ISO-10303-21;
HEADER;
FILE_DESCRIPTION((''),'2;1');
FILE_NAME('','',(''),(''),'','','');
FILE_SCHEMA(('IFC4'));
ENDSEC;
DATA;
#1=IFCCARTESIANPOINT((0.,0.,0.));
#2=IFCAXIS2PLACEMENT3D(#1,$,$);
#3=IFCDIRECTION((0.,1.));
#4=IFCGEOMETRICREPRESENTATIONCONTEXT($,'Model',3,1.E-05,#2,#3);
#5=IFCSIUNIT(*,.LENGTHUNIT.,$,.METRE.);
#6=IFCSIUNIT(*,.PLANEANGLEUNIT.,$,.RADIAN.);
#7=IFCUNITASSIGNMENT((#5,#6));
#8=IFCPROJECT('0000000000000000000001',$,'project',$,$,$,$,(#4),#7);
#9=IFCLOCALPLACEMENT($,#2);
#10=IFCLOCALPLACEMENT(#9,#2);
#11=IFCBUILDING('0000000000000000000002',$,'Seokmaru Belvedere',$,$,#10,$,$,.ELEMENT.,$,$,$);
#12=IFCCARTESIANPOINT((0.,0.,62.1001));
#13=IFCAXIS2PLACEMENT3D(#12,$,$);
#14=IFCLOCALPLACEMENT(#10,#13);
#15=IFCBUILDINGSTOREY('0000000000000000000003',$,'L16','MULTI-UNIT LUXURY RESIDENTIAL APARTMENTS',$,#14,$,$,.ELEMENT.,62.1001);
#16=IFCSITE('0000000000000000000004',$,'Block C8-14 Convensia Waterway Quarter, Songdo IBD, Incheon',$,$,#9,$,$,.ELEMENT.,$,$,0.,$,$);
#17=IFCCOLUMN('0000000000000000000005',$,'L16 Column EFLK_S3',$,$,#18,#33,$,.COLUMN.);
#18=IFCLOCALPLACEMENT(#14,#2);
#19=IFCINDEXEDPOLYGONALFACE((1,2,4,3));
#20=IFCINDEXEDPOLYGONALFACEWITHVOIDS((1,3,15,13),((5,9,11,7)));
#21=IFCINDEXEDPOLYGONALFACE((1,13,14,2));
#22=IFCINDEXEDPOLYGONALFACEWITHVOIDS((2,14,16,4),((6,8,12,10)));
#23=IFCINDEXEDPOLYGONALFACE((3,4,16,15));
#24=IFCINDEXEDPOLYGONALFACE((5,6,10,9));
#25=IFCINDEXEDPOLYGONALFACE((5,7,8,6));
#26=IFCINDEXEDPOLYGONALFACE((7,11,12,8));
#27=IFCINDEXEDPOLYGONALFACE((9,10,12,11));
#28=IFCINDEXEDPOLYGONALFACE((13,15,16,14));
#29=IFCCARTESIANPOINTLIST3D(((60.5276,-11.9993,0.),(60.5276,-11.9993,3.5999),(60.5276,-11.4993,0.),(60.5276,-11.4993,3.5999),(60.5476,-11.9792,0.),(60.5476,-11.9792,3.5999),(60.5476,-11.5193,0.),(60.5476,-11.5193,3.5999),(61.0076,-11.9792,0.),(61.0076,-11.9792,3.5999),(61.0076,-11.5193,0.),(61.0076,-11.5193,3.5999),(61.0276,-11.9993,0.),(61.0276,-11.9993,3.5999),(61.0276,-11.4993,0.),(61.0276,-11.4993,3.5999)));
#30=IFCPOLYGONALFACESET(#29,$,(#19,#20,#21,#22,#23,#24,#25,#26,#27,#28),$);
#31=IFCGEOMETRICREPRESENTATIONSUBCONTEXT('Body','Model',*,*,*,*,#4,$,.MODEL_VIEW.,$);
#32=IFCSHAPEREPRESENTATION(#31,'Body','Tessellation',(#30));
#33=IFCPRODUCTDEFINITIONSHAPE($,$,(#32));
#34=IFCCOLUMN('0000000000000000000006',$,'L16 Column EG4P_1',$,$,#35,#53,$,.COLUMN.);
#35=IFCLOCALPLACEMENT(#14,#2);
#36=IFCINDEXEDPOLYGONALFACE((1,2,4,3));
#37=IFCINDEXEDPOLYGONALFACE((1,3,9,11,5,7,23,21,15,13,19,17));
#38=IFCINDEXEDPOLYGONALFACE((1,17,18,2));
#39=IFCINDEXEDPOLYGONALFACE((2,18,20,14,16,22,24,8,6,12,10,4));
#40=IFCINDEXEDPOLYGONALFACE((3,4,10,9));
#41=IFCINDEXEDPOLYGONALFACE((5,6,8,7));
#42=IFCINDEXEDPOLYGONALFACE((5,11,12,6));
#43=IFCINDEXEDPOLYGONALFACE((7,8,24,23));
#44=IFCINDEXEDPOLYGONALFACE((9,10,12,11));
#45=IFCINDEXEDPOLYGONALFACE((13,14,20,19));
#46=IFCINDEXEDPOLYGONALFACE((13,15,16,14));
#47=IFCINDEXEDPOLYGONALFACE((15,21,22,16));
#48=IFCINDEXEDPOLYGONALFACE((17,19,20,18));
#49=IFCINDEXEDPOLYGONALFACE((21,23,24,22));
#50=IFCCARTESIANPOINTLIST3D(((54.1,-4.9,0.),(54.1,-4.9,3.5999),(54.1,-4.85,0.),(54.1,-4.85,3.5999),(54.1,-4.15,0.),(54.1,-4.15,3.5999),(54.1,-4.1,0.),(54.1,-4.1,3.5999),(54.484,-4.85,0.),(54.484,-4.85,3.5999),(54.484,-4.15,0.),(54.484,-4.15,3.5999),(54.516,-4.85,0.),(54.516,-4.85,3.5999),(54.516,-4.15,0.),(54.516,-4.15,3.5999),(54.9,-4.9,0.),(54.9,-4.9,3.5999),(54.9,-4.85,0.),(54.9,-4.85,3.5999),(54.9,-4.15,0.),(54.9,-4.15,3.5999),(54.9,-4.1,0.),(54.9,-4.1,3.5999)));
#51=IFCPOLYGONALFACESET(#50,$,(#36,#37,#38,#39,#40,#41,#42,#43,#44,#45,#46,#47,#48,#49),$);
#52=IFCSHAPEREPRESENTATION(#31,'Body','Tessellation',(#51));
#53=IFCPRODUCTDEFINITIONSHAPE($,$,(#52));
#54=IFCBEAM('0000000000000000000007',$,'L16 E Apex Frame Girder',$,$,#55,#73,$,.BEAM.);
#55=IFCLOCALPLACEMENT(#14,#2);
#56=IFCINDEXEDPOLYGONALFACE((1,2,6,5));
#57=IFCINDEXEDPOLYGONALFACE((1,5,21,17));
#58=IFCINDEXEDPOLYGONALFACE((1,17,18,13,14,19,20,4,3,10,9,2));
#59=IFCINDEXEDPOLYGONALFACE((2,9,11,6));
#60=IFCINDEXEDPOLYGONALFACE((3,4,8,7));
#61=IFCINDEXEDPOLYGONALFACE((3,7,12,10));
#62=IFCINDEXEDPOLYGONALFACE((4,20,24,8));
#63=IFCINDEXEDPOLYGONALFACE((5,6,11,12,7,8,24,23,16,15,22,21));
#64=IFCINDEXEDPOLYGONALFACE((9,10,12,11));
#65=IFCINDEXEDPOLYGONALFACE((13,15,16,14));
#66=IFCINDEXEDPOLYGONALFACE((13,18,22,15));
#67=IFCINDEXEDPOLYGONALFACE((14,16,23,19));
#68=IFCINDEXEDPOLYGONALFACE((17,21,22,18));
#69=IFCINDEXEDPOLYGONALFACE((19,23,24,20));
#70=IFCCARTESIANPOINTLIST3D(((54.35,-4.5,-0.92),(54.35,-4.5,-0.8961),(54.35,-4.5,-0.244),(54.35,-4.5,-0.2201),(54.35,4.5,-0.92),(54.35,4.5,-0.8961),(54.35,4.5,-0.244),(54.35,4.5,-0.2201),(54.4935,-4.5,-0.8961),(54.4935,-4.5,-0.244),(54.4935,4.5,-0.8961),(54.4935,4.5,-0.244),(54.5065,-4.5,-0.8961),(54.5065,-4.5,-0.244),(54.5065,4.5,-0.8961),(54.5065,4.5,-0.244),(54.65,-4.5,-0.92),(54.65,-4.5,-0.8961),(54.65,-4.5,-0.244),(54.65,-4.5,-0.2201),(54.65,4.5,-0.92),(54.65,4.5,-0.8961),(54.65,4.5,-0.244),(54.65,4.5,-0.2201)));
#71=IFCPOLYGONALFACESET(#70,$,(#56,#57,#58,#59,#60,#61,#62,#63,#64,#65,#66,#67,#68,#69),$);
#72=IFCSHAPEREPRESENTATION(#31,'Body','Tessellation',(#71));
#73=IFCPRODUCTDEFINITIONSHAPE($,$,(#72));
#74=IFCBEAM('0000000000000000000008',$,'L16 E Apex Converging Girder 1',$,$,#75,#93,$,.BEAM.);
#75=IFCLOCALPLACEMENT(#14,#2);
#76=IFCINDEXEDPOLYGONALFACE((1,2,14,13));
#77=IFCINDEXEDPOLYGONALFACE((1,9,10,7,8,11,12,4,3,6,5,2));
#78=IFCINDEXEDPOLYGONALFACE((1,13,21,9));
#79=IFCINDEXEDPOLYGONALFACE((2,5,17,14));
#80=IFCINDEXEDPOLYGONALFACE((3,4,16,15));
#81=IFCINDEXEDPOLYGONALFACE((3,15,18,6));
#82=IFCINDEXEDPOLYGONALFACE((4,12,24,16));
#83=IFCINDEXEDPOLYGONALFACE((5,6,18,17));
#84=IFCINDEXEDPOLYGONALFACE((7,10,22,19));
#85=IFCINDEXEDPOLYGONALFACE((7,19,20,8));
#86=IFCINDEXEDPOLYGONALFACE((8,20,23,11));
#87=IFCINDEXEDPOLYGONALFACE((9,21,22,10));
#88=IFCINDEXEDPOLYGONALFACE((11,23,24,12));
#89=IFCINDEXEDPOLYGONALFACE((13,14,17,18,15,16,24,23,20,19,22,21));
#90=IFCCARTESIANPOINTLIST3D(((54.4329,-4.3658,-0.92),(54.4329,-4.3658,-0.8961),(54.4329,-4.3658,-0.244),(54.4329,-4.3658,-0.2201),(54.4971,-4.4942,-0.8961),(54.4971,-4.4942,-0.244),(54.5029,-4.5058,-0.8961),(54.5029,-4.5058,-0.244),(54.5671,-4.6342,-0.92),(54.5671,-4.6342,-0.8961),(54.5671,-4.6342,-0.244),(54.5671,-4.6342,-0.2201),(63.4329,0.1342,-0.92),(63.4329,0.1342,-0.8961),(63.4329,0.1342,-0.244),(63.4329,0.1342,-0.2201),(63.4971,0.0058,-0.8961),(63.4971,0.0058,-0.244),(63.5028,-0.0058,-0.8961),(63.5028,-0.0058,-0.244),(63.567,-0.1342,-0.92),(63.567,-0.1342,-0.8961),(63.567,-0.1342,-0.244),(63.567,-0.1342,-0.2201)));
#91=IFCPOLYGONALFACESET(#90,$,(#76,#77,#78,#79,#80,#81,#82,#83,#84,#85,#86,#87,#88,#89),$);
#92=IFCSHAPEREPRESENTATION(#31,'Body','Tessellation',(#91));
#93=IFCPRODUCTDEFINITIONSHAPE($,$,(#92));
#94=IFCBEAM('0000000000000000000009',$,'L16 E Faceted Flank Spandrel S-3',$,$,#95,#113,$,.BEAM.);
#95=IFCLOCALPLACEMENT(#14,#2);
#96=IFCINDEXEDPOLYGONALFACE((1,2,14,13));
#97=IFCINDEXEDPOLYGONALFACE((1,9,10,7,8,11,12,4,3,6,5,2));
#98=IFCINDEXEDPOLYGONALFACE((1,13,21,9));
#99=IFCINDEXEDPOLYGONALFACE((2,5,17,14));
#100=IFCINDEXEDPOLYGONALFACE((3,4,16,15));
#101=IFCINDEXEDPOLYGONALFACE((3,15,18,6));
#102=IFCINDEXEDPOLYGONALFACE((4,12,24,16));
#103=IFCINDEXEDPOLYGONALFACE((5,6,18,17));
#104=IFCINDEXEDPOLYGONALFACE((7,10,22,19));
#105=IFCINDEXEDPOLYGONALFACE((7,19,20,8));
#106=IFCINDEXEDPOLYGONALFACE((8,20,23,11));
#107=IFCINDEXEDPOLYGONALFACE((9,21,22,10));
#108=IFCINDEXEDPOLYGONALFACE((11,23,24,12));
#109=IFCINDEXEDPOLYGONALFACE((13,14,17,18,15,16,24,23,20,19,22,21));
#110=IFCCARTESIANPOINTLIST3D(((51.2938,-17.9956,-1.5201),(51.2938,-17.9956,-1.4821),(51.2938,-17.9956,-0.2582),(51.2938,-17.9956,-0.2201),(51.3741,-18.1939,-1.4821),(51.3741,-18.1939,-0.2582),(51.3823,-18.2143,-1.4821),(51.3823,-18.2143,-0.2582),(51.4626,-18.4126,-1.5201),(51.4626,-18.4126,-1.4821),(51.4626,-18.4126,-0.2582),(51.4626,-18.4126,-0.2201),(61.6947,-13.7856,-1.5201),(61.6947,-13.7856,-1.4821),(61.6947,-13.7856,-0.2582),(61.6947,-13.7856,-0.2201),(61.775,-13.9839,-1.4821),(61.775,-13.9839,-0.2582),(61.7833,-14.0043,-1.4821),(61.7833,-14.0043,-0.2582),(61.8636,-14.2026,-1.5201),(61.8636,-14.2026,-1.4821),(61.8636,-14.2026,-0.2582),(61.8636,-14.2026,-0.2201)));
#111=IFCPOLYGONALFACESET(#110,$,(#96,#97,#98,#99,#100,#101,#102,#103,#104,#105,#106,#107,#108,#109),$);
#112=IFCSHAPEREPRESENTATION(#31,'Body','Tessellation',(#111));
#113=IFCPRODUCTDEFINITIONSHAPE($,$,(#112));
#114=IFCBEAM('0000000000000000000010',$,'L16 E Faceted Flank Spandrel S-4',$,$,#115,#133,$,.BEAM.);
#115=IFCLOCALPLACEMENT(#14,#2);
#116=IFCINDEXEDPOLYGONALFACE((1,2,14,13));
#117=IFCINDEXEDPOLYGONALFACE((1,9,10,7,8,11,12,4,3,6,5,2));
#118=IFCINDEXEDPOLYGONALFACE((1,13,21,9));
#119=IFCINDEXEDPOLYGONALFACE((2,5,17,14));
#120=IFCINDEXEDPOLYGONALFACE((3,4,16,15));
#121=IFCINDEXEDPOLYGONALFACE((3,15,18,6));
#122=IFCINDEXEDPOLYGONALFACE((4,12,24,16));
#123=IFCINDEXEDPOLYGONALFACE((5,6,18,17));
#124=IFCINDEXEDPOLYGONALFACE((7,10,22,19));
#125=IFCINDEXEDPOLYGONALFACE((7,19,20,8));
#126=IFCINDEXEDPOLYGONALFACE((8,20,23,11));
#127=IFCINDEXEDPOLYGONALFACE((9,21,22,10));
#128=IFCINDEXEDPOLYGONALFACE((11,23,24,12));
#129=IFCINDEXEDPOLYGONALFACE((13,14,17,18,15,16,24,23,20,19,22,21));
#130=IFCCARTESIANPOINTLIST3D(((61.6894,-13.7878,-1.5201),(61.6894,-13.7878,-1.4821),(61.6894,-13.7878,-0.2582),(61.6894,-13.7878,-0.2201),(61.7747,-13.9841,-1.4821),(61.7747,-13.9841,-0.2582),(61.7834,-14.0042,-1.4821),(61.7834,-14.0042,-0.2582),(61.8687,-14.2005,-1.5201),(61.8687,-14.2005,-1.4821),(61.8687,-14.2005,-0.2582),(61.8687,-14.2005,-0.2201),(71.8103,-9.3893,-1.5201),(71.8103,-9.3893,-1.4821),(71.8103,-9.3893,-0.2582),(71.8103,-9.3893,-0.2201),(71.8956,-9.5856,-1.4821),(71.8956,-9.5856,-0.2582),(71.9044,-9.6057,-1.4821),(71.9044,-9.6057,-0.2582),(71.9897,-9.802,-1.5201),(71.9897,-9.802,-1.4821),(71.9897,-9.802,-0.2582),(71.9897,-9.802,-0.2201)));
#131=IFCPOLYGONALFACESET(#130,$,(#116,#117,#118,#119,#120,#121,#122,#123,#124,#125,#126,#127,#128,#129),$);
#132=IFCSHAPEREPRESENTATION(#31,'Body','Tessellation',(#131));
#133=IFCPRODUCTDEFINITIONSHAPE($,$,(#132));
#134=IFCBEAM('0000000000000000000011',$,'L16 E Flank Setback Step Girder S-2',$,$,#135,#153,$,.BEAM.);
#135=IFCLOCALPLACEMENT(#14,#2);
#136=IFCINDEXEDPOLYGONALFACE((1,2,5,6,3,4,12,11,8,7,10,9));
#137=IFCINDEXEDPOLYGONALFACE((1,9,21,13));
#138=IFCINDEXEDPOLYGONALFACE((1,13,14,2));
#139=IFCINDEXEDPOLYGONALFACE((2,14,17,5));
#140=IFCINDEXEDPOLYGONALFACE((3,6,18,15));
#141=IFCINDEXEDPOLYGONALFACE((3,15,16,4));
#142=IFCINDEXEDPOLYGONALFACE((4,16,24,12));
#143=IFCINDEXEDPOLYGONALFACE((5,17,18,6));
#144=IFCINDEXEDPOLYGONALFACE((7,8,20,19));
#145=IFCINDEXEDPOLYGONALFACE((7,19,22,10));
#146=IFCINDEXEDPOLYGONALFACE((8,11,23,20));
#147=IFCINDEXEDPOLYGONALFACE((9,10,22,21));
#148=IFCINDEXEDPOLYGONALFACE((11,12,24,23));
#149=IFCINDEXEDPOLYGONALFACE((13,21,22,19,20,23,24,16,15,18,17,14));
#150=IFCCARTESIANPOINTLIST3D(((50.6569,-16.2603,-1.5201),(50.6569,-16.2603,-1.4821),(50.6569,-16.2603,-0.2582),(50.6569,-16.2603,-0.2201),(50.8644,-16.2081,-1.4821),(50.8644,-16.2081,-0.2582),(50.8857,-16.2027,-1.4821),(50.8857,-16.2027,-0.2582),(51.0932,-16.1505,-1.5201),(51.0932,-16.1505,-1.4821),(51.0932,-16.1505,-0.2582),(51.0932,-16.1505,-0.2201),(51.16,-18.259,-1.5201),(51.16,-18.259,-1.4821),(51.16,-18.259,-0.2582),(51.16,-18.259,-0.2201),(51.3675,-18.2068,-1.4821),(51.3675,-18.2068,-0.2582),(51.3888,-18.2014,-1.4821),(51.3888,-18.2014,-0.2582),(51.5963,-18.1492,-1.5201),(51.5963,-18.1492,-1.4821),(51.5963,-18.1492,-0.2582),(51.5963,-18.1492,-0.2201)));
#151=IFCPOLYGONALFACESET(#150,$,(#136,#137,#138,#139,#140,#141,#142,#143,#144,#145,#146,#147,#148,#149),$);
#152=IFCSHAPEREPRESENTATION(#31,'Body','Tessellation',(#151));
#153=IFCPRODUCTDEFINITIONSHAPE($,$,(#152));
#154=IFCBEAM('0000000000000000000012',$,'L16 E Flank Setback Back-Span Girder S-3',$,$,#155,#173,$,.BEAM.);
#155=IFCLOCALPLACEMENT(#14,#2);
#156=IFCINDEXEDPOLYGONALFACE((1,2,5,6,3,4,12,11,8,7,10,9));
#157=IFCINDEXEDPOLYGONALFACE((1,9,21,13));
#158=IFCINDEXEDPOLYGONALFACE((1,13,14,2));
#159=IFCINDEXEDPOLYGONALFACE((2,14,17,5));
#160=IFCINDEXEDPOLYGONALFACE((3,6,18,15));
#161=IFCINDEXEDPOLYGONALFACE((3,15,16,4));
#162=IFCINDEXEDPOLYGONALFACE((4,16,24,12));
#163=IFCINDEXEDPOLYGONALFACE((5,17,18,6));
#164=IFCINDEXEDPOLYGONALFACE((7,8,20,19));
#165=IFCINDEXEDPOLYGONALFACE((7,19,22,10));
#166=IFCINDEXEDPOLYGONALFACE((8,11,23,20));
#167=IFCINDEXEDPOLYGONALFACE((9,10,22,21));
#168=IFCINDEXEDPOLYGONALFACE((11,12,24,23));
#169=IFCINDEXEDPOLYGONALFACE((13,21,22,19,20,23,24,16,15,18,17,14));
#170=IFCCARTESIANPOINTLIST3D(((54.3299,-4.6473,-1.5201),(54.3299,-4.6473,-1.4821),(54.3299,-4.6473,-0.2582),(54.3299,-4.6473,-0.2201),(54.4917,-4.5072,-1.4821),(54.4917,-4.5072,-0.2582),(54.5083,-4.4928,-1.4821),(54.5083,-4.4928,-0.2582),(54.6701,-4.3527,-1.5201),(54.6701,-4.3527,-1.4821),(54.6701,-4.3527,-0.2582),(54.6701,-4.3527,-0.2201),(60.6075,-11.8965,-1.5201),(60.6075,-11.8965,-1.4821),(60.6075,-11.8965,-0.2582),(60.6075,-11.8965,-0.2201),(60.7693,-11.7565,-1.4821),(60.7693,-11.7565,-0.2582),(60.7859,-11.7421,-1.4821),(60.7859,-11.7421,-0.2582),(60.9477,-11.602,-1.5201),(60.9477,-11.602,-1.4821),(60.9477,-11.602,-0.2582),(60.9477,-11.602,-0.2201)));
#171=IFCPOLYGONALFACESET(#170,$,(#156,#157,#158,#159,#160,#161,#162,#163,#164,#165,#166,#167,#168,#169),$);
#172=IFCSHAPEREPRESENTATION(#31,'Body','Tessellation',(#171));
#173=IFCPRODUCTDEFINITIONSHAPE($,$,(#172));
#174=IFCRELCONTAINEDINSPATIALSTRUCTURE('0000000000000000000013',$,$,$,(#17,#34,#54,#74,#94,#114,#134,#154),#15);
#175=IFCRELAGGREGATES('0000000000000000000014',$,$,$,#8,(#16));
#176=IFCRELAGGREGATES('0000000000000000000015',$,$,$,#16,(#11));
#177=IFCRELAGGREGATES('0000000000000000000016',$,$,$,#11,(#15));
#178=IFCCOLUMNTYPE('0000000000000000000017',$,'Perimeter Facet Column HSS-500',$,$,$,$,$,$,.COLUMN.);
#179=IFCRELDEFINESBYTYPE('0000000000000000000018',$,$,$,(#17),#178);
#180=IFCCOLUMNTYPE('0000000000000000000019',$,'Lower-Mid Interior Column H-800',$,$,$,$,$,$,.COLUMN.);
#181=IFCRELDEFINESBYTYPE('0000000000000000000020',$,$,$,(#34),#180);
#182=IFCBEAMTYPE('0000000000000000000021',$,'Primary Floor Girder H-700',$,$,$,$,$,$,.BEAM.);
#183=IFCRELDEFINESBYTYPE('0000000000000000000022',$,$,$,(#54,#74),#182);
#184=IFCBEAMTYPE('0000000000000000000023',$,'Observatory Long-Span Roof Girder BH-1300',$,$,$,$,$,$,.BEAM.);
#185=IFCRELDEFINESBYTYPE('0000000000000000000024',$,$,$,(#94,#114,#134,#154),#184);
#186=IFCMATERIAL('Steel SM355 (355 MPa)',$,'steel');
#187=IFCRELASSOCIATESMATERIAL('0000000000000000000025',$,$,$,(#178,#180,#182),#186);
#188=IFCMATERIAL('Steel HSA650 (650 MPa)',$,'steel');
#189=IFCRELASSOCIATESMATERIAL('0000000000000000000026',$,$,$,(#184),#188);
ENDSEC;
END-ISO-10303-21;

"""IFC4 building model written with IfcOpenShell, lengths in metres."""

from ifc_helpers import new_model, si_unit, direction, frame, origin, origin_2d, place, context, subcontext, project, spatial, hollow_rectangle, i_section, extrude, source, transform, mapped, material, material_profile, profile_set, type_object, type_shapes, element, save


model = new_model("IFC4")

# Units and contexts
model_context = context("Model", 3, precision=1e-05, world=origin(), true_north=direction((0.0, 1.0)))
body_context = subcontext(model_context, "Body", "Model", "MODEL_VIEW")
ifc_project = project(units=[si_unit("LENGTHUNIT", "METRE"), si_unit("PLANEANGLEUNIT", "RADIAN")], contexts=[model_context])

# Site, building, storey
site_placement = place(None, origin())
site = spatial("IfcSite", under=ifc_project, at=site_placement, Name="Block C8-14 Convensia Waterway Quarter, Songdo IBD, Incheon", CompositionType="ELEMENT", RefElevation=0.0)
building_placement = place(site_placement, origin())
building = spatial("IfcBuilding", under=site, at=building_placement, Name="Seokmaru Belvedere", CompositionType="ELEMENT")
storey_placement = place(building_placement, frame((0.0, 0.0, 62.1001)))
storey = spatial("IfcBuildingStorey", under=building, at=storey_placement, Name="L16", Description="MULTI-UNIT LUXURY RESIDENTIAL APARTMENTS", CompositionType="ELEMENT", Elevation=62.1001)

# Columns
ifc_material_1 = material(Name="Steel SM355 (355 MPa)", Category="steel")
ifc_material_profile_1 = material_profile(ifc_material_1, hollow_rectangle(XDim=0.5, YDim=0.5, WallThickness=0.02, at=origin_2d()), Name="HSS-500x500x20")
ifc_profile_set_1 = profile_set([ifc_material_profile_1], Name="Steel SM355 (355 MPa)")
column_type_1 = type_object("IfcColumnType", Name="Perimeter Facet Column HSS-500", PredefinedType="COLUMN", material=ifc_profile_set_1)
shared_shape_1 = source(origin(), body_context, "Body", "SweptSolid", [
    extrude(hollow_rectangle(XDim=0.5, YDim=0.5, WallThickness=0.02, at=origin_2d()), origin(), (0.0, 0.0, 1.0), 3.5999),
])
type_shapes(column_type_1, [shared_shape_1])
column_1_placement = place(storey_placement, frame((60.7776, -11.7493, 0.0), z_axis=(0.0, 0.0, 1.0), x_axis=(1.0, 0.0, 0.0)))
element("IfcColumn", 1, at=column_1_placement, inside=storey, type_object=column_type_1, Name="L16 Column EFLK_S3", PredefinedType="COLUMN", context=body_context, shape_type="MappedRepresentation", body=[
    mapped(shared_shape_1, transform((0.0, 0.0, 0.0), scale=1.0)),
])
ifc_material_profile_2 = material_profile(ifc_material_1, i_section(OverallWidth=0.8, OverallDepth=0.8, WebThickness=0.032, FlangeThickness=0.05, at=origin_2d()), Name="H-800x800x32x50")
ifc_profile_set_2 = profile_set([ifc_material_profile_2], Name="Steel SM355 (355 MPa)")
column_type_2 = type_object("IfcColumnType", Name="Lower-Mid Interior Column H-800", PredefinedType="COLUMN", material=ifc_profile_set_2)
shared_shape_2 = source(origin(), body_context, "Body", "SweptSolid", [
    extrude(i_section(OverallWidth=0.8, OverallDepth=0.8, WebThickness=0.032, FlangeThickness=0.05, at=origin_2d()), origin(), (0.0, 0.0, 1.0), 3.5999),
])
type_shapes(column_type_2, [shared_shape_2])
column_2_placement = place(storey_placement, frame((54.5, -4.5, 0.0), z_axis=(0.0, 0.0, 1.0), x_axis=(1.0, 0.0, 0.0)))
element("IfcColumn", 2, at=column_2_placement, inside=storey, type_object=column_type_2, Name="L16 Column EG4P_1", PredefinedType="COLUMN", context=body_context, shape_type="MappedRepresentation", body=[
    mapped(shared_shape_2, transform((0.0, 0.0, 0.0), scale=1.0)),
])

# Beams
ifc_material_profile_3 = material_profile(ifc_material_1, i_section(OverallWidth=0.3, OverallDepth=0.7, WebThickness=0.0129, FlangeThickness=0.0239, at=origin_2d()), Name="H-700x300x13x24")
ifc_profile_set_3 = profile_set([ifc_material_profile_3], Name="Steel SM355 (355 MPa)")
beam_type_1 = type_object("IfcBeamType", Name="Primary Floor Girder H-700", PredefinedType="BEAM", material=ifc_profile_set_3)
shared_shape_3 = source(origin(), body_context, "Body", "SweptSolid", [
    extrude(i_section(OverallWidth=0.3, OverallDepth=0.7, WebThickness=0.0129, FlangeThickness=0.0239, at=origin_2d()), origin(), (0.0, 0.0, 1.0), 9.0),
])
beam_1_placement = place(storey_placement, frame((54.5, -4.5, -0.5701), z_axis=(0.0, 1.0, 0.0), x_axis=(-1.0, 0.0, 0.0)))
element("IfcBeam", 3, at=beam_1_placement, inside=storey, type_object=beam_type_1, Name="L16 E Apex Frame Girder", PredefinedType="BEAM", context=body_context, shape_type="MappedRepresentation", body=[
    mapped(shared_shape_3, transform((0.0, 0.0, 0.0), scale=1.0)),
])
shared_shape_4 = source(origin(), body_context, "Body", "SweptSolid", [
    extrude(i_section(OverallWidth=0.3, OverallDepth=0.7, WebThickness=0.0129, FlangeThickness=0.0239, at=origin_2d()), origin(), (0.0, 0.0, 1.0), 10.0623),
])
type_shapes(beam_type_1, [shared_shape_3, shared_shape_4])
beam_2_placement = place(storey_placement, frame((54.5, -4.5, -0.5701), z_axis=(0.894427, 0.447214, 0.0), x_axis=(-0.447214, 0.894427, 0.0)))
element("IfcBeam", 4, at=beam_2_placement, inside=storey, type_object=beam_type_1, Name="L16 E Apex Converging Girder 1", PredefinedType="BEAM", context=body_context, shape_type="MappedRepresentation", body=[
    mapped(shared_shape_4, transform((0.0, 0.0, 0.0), scale=1.0)),
])
ifc_material_2 = material(Name="Steel HSA650 (650 MPa)", Category="steel")
ifc_material_profile_4 = material_profile(ifc_material_2, i_section(OverallWidth=0.45, OverallDepth=1.3, WebThickness=0.022, FlangeThickness=0.0381, at=origin_2d()), Name="BH-1300x450x22x38")
ifc_profile_set_4 = profile_set([ifc_material_profile_4], Name="Steel HSA650 (650 MPa)")
beam_type_2 = type_object("IfcBeamType", Name="Observatory Long-Span Roof Girder BH-1300", PredefinedType="BEAM", material=ifc_profile_set_4)
shared_shape_5 = source(origin(), body_context, "Body", "SweptSolid", [
    extrude(i_section(OverallWidth=0.45, OverallDepth=1.3, WebThickness=0.022, FlangeThickness=0.0381, at=origin_2d()), origin(), (0.0, 0.0, 1.0), 11.2207),
])
beam_3_placement = place(storey_placement, frame((51.3782, -18.2041, -0.8701), z_axis=(0.926944, 0.375199, 0.0), x_axis=(-0.375199, 0.926944, 0.0)))
element("IfcBeam", 5, at=beam_3_placement, inside=storey, type_object=beam_type_2, Name="L16 E Faceted Flank Spandrel S-3", PredefinedType="BEAM", context=body_context, shape_type="MappedRepresentation", body=[
    mapped(shared_shape_5, transform((0.0, 0.0, 0.0), scale=1.0)),
])
shared_shape_6 = source(origin(), body_context, "Body", "SweptSolid", [
    extrude(i_section(OverallWidth=0.45, OverallDepth=1.3, WebThickness=0.022, FlangeThickness=0.0381, at=origin_2d()), origin(), (0.0, 0.0, 1.0), 11.0354),
])
beam_4_placement = place(storey_placement, frame((61.7791, -13.9941, -0.8701), z_axis=(0.917134, 0.398579, 0.0), x_axis=(-0.398579, 0.917134, 0.0)))
element("IfcBeam", 6, at=beam_4_placement, inside=storey, type_object=beam_type_2, Name="L16 E Faceted Flank Spandrel S-4", PredefinedType="BEAM", context=body_context, shape_type="MappedRepresentation", body=[
    mapped(shared_shape_6, transform((0.0, 0.0, 0.0), scale=1.0)),
])
shared_shape_7 = source(origin(), body_context, "Body", "SweptSolid", [
    extrude(i_section(OverallWidth=0.45, OverallDepth=1.3, WebThickness=0.022, FlangeThickness=0.0381, at=origin_2d()), origin(), (0.0, 0.0, 1.0), 2.061),
])
beam_5_placement = place(storey_placement, frame((51.3782, -18.2041, -0.8701), z_axis=(-0.244124, 0.969744, 0.0), x_axis=(-0.969744, -0.244124, 0.0)))
element("IfcBeam", 7, at=beam_5_placement, inside=storey, type_object=beam_type_2, Name="L16 E Flank Setback Step Girder S-2", PredefinedType="BEAM", context=body_context, shape_type="MappedRepresentation", body=[
    mapped(shared_shape_7, transform((0.0, 0.0, 0.0), scale=1.0)),
])
shared_shape_8 = source(origin(), body_context, "Body", "SweptSolid", [
    extrude(i_section(OverallWidth=0.45, OverallDepth=1.3, WebThickness=0.022, FlangeThickness=0.0381, at=origin_2d()), origin(), (0.0, 0.0, 1.0), 9.5896),
])
type_shapes(beam_type_2, [shared_shape_5, shared_shape_6, shared_shape_7, shared_shape_8])
beam_6_placement = place(storey_placement, frame((60.7776, -11.7493, -0.8701), z_axis=(-0.654626, 0.755953, 0.0), x_axis=(-0.755953, -0.654626, 0.0)))
element("IfcBeam", 8, at=beam_6_placement, inside=storey, type_object=beam_type_2, Name="L16 E Flank Setback Back-Span Girder S-3", PredefinedType="BEAM", context=body_context, shape_type="MappedRepresentation", body=[
    mapped(shared_shape_8, transform((0.0, 0.0, 0.0), scale=1.0)),
])

save(model, "model.ifc")
